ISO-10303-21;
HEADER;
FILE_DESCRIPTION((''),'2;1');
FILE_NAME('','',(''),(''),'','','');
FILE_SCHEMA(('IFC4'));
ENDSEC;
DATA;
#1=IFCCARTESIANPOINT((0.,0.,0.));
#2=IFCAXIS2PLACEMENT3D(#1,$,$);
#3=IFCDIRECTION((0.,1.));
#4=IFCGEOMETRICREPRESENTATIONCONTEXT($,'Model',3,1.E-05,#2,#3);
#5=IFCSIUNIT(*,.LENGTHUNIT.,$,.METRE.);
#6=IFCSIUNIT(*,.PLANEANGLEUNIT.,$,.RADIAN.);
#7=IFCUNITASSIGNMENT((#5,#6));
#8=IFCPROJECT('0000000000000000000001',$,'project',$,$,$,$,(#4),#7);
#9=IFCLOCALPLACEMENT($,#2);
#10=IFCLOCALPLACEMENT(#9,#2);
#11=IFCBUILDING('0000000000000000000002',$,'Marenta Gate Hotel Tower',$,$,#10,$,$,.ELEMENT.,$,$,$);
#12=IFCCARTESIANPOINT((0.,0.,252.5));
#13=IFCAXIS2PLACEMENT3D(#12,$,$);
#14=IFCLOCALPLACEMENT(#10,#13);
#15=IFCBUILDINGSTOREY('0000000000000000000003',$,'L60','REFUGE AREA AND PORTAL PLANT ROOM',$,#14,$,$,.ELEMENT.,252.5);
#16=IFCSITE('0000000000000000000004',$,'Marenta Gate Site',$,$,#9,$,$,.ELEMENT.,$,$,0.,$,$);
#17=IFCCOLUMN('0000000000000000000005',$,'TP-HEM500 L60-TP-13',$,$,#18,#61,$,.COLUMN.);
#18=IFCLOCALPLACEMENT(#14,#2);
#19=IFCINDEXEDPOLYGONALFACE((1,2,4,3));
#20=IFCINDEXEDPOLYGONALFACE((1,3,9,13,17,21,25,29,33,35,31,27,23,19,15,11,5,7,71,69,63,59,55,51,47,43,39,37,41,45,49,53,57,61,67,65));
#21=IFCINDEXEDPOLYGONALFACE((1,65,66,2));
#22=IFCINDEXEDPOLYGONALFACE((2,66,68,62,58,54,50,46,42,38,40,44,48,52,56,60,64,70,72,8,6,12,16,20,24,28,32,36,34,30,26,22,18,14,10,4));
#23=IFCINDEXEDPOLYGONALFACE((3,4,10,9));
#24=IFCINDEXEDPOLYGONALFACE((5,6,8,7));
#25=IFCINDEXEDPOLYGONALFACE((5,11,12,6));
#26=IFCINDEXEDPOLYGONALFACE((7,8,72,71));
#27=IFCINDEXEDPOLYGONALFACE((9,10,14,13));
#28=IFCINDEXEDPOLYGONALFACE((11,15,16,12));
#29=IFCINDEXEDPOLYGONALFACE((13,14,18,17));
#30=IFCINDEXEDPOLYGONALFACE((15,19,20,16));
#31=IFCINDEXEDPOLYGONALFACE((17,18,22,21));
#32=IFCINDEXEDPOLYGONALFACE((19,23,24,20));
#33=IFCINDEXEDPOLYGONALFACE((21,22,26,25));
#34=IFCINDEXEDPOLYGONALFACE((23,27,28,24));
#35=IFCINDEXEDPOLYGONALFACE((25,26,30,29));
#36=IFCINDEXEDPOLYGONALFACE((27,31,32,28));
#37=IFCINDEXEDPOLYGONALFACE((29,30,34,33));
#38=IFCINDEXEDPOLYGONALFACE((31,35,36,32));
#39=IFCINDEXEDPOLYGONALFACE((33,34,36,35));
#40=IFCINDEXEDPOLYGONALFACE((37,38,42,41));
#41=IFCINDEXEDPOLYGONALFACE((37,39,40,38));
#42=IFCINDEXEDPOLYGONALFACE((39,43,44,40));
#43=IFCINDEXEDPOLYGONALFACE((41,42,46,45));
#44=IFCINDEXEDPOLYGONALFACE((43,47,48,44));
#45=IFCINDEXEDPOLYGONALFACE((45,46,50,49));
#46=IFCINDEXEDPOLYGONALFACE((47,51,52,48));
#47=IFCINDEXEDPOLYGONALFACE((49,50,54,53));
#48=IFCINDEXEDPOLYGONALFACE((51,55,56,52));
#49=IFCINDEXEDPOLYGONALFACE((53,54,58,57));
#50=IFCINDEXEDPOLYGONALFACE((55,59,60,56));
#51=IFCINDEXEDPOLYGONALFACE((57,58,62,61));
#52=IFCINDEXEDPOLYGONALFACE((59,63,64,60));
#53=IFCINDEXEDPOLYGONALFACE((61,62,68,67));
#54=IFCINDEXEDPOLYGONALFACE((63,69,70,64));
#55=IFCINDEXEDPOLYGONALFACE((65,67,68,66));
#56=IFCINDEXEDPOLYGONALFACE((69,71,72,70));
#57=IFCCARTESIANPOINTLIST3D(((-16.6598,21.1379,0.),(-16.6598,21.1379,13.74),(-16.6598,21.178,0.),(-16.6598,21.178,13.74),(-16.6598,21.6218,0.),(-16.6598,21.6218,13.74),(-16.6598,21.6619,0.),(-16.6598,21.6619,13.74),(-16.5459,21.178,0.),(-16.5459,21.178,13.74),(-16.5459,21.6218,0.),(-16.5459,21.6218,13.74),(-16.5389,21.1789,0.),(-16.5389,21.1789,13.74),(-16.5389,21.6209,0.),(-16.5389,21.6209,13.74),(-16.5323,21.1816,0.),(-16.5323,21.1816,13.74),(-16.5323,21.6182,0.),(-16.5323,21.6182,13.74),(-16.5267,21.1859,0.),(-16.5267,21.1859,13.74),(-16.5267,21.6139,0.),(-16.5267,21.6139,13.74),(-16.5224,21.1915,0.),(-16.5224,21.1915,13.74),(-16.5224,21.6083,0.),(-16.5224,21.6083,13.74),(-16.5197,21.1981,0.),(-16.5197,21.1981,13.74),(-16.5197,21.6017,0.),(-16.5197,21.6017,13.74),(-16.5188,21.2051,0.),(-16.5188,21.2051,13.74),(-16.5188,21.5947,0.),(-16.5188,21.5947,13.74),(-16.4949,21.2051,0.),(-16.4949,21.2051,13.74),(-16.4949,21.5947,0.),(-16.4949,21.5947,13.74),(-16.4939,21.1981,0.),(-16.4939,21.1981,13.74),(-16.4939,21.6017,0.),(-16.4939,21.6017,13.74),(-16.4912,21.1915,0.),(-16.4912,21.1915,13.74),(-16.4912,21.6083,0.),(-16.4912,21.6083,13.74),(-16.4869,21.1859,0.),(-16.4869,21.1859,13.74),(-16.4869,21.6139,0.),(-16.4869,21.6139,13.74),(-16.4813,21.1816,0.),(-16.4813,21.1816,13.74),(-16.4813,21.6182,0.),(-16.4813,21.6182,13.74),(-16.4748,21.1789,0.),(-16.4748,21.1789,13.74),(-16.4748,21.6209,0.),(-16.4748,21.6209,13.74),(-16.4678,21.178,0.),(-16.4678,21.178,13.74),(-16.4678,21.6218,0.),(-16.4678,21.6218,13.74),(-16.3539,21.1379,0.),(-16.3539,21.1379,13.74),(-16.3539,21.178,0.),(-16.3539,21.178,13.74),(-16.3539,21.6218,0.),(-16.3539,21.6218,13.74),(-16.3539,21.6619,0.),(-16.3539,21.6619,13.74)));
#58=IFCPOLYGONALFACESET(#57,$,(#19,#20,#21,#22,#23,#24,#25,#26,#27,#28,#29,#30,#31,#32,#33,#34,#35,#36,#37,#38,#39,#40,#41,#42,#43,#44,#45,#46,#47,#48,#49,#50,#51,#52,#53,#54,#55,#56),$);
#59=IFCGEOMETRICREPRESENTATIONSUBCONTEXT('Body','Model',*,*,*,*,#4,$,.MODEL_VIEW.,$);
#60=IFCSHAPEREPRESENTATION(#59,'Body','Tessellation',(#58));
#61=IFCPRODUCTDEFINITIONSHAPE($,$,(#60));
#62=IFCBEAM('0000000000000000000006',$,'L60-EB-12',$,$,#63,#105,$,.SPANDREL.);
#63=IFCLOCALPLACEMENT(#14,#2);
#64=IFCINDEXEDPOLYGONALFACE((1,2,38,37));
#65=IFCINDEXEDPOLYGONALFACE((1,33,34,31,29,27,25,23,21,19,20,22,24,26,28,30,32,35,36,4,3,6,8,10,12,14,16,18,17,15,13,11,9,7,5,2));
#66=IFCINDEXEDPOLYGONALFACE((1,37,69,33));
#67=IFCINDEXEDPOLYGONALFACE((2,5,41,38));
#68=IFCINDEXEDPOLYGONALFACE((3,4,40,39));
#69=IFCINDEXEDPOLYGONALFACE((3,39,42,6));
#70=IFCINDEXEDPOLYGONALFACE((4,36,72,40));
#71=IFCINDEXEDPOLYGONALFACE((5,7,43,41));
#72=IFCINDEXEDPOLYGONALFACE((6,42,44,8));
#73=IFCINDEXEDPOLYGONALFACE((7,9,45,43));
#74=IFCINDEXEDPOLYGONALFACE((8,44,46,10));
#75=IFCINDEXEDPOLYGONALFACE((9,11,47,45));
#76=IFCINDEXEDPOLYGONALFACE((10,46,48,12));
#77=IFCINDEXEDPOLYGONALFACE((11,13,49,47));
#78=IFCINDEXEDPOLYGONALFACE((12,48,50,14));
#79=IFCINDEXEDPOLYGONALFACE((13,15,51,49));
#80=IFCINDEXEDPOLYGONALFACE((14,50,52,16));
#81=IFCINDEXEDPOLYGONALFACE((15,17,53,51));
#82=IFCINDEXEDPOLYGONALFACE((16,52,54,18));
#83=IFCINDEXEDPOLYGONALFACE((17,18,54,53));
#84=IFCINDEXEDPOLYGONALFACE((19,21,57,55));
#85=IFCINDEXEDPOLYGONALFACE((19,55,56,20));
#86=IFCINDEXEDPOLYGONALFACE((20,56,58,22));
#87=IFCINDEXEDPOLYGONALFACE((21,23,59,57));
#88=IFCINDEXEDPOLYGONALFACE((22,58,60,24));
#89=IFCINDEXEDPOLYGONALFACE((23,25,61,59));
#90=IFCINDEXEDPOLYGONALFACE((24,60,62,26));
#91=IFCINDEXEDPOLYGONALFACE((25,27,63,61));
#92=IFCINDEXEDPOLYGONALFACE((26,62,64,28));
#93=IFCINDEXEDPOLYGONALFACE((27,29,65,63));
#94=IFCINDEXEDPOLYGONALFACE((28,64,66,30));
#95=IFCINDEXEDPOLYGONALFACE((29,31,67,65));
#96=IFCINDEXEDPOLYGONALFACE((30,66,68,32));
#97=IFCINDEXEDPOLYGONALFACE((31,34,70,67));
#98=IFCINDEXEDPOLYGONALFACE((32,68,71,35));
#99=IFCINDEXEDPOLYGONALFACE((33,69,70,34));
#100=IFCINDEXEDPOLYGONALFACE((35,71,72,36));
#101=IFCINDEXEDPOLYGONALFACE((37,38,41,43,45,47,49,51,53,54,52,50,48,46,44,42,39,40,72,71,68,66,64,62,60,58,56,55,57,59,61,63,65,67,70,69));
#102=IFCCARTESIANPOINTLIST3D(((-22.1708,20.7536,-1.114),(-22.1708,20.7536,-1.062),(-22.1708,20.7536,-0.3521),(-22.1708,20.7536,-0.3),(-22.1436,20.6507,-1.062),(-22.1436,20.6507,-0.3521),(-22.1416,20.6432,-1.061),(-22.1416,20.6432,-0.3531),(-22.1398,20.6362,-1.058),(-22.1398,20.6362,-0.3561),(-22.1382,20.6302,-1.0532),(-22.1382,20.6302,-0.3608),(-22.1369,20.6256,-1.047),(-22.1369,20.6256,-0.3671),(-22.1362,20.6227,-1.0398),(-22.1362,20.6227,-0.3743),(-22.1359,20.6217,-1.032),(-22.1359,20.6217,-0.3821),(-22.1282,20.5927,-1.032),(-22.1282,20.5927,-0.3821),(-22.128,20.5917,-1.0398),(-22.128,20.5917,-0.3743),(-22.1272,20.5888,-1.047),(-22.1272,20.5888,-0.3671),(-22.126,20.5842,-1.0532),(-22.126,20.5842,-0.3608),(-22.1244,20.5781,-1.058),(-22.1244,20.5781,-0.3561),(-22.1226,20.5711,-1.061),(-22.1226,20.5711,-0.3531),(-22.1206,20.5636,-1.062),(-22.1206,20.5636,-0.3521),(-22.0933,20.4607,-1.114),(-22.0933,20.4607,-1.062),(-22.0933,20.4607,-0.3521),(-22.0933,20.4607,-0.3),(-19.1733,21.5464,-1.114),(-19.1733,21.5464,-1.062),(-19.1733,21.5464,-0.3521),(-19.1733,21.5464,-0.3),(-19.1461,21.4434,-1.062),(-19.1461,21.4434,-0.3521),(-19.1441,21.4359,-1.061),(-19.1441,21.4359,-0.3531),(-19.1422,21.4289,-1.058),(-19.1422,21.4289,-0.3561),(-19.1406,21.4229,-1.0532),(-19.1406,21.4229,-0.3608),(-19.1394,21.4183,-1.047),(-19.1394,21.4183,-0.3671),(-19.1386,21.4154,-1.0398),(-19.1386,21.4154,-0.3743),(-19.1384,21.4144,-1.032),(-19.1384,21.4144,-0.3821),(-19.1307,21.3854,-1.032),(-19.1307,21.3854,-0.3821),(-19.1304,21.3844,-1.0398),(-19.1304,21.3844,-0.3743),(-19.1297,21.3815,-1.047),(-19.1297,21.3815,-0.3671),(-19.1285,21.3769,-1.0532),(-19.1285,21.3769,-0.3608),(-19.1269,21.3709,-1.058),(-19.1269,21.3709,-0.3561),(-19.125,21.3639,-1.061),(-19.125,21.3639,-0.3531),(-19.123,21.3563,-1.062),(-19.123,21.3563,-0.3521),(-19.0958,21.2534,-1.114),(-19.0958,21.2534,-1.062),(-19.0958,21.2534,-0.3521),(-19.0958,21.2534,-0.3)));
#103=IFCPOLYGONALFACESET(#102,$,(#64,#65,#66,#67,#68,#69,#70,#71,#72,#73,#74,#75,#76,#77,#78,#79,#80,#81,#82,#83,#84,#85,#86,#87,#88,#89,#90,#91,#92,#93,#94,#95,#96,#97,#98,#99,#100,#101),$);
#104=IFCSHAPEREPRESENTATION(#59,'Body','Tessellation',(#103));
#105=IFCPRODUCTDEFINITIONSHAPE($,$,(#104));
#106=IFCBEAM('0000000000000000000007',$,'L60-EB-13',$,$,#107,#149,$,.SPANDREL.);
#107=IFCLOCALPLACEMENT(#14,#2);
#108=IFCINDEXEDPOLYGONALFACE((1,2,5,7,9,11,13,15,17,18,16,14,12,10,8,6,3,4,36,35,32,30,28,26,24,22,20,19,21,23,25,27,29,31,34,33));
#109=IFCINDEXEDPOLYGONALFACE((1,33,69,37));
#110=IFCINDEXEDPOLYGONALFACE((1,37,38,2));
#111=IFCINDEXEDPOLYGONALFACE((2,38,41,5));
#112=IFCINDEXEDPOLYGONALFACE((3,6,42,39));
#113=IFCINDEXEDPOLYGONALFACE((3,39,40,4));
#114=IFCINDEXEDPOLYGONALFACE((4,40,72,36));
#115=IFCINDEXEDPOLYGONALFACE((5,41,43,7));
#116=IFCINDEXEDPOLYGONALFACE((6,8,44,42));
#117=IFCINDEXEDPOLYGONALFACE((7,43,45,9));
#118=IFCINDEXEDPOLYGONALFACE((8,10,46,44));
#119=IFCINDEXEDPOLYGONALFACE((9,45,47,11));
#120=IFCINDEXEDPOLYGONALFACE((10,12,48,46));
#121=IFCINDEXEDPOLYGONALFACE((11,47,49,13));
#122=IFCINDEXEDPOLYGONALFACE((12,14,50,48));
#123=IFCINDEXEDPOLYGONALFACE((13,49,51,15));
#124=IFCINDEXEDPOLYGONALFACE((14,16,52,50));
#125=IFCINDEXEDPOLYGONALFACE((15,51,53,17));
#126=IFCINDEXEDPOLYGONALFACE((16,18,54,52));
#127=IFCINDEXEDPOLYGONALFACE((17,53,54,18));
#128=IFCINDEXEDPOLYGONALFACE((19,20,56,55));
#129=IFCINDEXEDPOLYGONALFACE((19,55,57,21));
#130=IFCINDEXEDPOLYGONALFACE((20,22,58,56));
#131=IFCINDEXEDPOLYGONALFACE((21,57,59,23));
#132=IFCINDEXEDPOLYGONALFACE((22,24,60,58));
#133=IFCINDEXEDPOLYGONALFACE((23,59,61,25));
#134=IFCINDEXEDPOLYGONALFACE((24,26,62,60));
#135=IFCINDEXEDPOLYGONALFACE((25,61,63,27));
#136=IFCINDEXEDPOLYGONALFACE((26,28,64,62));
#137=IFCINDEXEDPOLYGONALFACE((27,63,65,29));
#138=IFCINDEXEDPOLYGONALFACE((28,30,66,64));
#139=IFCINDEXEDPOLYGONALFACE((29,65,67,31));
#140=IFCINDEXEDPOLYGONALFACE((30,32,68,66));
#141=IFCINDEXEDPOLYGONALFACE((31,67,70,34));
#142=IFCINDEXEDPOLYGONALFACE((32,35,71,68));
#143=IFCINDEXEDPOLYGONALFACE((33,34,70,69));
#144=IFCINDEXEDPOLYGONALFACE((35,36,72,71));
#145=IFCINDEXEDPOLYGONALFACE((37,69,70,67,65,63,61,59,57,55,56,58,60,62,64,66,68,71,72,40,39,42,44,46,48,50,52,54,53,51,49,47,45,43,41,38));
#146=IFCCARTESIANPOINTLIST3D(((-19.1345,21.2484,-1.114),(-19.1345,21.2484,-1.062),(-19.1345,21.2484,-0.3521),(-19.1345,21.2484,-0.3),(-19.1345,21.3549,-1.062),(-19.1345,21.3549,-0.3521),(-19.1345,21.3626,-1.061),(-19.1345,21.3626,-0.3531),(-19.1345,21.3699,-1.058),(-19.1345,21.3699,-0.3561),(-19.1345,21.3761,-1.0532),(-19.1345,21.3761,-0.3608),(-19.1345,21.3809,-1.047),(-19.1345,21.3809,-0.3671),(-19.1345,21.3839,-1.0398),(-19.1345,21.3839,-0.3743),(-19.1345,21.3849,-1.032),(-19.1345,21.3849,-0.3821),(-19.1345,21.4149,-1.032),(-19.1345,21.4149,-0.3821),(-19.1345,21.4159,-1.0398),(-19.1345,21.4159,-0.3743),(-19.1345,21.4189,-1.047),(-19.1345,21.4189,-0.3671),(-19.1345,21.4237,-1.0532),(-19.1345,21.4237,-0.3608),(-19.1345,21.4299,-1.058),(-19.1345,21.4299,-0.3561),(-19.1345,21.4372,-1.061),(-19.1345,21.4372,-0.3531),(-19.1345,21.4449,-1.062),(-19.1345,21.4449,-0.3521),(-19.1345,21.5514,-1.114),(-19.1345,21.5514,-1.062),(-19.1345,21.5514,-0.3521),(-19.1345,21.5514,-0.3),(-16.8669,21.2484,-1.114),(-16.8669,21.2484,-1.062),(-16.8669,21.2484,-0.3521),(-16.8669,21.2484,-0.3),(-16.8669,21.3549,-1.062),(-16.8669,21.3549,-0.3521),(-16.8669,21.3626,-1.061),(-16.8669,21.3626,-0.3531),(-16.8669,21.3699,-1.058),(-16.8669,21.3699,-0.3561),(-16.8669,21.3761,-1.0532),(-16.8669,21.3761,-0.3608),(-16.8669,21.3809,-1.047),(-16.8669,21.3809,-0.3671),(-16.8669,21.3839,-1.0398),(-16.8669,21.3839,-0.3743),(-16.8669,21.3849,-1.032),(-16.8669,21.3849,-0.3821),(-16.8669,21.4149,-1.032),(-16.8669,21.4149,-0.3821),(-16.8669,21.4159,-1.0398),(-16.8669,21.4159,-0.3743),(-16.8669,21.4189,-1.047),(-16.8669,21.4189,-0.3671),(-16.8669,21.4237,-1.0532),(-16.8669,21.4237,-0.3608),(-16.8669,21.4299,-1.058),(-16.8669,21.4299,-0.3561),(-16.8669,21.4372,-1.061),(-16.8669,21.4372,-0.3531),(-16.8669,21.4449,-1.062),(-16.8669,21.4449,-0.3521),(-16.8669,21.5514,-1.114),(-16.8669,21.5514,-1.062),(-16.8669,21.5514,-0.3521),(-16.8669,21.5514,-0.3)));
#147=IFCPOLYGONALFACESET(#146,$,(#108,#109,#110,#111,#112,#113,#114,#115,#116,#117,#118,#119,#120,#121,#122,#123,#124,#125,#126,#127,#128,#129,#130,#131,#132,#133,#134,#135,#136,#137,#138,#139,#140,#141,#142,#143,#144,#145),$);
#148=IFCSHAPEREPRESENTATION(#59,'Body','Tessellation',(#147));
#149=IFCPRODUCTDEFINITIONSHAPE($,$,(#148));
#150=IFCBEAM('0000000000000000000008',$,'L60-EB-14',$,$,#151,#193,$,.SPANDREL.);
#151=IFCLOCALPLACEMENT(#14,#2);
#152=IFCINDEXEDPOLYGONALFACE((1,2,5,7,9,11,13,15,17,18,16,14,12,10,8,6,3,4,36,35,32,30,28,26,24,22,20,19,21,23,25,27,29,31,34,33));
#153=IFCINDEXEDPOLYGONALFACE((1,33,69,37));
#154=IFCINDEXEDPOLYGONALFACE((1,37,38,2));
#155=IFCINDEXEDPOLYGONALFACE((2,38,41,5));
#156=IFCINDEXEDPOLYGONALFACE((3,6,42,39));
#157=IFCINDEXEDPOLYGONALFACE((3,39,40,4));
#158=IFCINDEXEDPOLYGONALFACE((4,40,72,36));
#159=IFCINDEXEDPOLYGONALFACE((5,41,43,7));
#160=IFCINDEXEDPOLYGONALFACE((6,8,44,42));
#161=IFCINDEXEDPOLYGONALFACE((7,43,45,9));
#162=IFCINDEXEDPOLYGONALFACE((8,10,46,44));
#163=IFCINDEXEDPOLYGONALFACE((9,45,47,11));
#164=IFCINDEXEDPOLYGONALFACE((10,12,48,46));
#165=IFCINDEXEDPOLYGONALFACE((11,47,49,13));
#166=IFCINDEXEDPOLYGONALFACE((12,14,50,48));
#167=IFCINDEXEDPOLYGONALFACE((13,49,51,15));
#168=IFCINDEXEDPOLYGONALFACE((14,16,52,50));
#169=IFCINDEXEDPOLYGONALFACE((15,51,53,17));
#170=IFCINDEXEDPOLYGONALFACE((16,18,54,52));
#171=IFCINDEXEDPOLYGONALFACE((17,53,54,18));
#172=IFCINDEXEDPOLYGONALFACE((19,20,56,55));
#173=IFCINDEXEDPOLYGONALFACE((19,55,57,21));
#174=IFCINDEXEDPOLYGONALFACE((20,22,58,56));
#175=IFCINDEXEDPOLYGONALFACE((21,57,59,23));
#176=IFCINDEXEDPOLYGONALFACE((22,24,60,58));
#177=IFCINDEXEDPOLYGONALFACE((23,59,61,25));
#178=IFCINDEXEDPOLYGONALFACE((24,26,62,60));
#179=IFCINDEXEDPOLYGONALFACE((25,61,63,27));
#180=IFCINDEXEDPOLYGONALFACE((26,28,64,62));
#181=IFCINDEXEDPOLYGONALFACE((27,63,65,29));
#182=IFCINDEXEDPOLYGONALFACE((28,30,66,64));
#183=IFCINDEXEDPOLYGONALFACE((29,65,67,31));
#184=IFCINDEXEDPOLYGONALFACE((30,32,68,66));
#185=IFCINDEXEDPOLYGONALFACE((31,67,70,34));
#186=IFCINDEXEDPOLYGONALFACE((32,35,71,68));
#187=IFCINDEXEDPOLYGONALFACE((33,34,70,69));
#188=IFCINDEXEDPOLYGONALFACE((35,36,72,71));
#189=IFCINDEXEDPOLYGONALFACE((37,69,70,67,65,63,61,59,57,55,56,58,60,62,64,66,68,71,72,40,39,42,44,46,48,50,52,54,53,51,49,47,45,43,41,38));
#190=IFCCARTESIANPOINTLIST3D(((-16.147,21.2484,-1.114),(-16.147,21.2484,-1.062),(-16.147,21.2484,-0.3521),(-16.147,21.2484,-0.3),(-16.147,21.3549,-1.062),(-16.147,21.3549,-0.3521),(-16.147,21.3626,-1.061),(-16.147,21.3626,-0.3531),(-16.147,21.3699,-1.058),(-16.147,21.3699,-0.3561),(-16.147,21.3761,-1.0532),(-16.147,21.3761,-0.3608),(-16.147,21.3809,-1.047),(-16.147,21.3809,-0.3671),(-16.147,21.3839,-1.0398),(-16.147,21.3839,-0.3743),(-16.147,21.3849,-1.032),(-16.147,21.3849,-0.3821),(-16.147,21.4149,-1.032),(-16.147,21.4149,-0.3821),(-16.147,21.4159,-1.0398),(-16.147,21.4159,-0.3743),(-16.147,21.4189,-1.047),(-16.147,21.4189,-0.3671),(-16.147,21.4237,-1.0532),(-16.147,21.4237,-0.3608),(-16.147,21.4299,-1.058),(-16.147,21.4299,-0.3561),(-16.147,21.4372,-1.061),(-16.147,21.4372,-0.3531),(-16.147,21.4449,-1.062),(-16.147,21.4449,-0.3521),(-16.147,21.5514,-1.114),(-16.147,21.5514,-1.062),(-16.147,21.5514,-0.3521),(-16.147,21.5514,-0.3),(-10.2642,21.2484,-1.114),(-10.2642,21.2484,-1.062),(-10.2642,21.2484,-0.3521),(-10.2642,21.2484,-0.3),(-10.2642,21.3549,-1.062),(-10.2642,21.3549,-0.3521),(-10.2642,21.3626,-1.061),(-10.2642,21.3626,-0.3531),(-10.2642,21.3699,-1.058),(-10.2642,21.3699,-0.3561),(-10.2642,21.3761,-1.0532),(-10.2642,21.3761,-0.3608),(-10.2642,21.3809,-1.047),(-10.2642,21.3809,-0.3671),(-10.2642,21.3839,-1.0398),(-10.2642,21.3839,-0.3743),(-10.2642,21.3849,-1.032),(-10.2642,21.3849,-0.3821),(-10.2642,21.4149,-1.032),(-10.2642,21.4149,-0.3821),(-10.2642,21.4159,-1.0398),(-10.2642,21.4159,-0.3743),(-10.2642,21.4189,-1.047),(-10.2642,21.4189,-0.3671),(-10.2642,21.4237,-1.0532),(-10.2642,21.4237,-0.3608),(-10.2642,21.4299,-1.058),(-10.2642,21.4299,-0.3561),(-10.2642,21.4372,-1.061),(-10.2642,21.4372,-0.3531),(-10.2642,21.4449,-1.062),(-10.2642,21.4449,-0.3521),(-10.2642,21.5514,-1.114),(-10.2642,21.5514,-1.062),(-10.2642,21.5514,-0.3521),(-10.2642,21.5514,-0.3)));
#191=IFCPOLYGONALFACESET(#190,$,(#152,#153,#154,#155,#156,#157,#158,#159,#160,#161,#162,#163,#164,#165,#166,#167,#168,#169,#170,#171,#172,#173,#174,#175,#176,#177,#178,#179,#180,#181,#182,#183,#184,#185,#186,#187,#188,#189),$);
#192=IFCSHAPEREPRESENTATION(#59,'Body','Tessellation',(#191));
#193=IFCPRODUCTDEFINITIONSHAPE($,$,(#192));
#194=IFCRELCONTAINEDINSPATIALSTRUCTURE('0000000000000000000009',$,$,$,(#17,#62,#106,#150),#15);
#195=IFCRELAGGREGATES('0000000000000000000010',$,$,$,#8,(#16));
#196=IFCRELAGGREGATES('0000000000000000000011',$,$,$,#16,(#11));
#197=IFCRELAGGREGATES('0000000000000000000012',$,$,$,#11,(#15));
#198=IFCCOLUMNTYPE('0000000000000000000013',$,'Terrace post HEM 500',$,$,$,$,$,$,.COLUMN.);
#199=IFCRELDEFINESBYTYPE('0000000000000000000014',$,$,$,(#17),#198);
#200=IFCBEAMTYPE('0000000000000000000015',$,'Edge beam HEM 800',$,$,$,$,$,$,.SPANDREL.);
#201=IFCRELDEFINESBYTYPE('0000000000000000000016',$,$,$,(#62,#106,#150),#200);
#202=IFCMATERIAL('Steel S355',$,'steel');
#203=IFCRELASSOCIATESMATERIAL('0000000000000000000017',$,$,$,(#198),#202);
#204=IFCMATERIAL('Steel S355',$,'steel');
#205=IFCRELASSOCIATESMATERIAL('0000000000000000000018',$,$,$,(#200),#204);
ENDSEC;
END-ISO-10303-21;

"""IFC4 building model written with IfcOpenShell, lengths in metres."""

from ifc_helpers import new_model, si_unit, direction, frame, origin, origin_2d, place, context, subcontext, project, spatial, i_section, extrude, material, material_profile, profile_set, type_object, element, save


model = new_model("IFC4")

# Units and contexts
model_context = context("Model", 3, precision=1e-05, world=origin(), true_north=direction((0.0, 1.0)))
body_context = subcontext(model_context, "Body", "Model", "MODEL_VIEW")
ifc_project = project(units=[si_unit("LENGTHUNIT", "METRE"), si_unit("PLANEANGLEUNIT", "RADIAN")], contexts=[model_context])

# Site, building, storey
site_placement = place(None, origin())
site = spatial("IfcSite", under=ifc_project, at=site_placement, Name="Marenta Gate Site", CompositionType="ELEMENT", RefElevation=0.0)
building_placement = place(site_placement, origin())
building = spatial("IfcBuilding", under=site, at=building_placement, Name="Marenta Gate Hotel Tower", CompositionType="ELEMENT")
storey_placement = place(building_placement, frame((0.0, 0.0, 252.5)))
storey = spatial("IfcBuildingStorey", under=building, at=storey_placement, Name="L60", Description="REFUGE AREA AND PORTAL PLANT ROOM", CompositionType="ELEMENT", Elevation=252.5)

# Column
ifc_material_1 = material(Name="Steel S355", Category="steel")
ifc_material_profile_1 = material_profile(ifc_material_1, i_section(OverallWidth=0.3059, OverallDepth=0.5239, WebThickness=0.0239, FlangeThickness=0.04, FilletRadius=0.0271, at=origin_2d()), Name="HEM 500")
ifc_profile_set_1 = profile_set([ifc_material_profile_1], Name="Steel S355")
column_type_1 = type_object("IfcColumnType", Name="Terrace post HEM 500", PredefinedType="COLUMN", material=ifc_profile_set_1)
column_1_placement = place(storey_placement, frame((-16.5068, 21.3999, 0.0), z_axis=(0.0, 0.0, 1.0), x_axis=(1.0, 0.0, 0.0)))
element("IfcColumn", 1, at=column_1_placement, inside=storey, type_object=column_type_1, Name="TP-HEM500 L60-TP-13", PredefinedType="COLUMN", context=body_context, shape_type="SweptSolid", body=[
    extrude(i_section(OverallWidth=0.3059, OverallDepth=0.5239, WebThickness=0.0239, FlangeThickness=0.04, FilletRadius=0.0271, at=origin_2d()), origin(), (0.0, 0.0, 1.0), 13.74),
])

# Beams
ifc_material_2 = material(Name="Steel S355", Category="steel")
ifc_material_profile_2 = material_profile(ifc_material_2, i_section(OverallWidth=0.303, OverallDepth=0.814, WebThickness=0.03, FlangeThickness=0.052, FilletRadius=0.03, at=origin_2d()), Name="HEM 800")
ifc_profile_set_2 = profile_set([ifc_material_profile_2], Name="Steel S355")
beam_type_1 = type_object("IfcBeamType", Name="Edge beam HEM 800", PredefinedType="SPANDREL", material=ifc_profile_set_2)
beam_1_placement = place(storey_placement, frame((-22.1321, 20.6072, -0.707), z_axis=(0.966765, 0.255667, 0.0), x_axis=(-0.255667, 0.966765, 0.0)))
element("IfcBeam", 2, at=beam_1_placement, inside=storey, type_object=beam_type_1, Name="L60-EB-12", PredefinedType="SPANDREL", context=body_context, shape_type="SweptSolid", body=[
    extrude(i_section(OverallWidth=0.303, OverallDepth=0.814, WebThickness=0.03, FlangeThickness=0.052, FilletRadius=0.03, at=origin_2d()), origin(), (0.0, 0.0, 1.0), 3.1006),
])
beam_2_placement = place(storey_placement, frame((-19.1345, 21.3999, -0.707), z_axis=(1.0, 0.0, 0.0), x_axis=(0.0, 1.0, 0.0)))
element("IfcBeam", 3, at=beam_2_placement, inside=storey, type_object=beam_type_1, Name="L60-EB-13", PredefinedType="SPANDREL", context=body_context, shape_type="SweptSolid", body=[
    extrude(i_section(OverallWidth=0.303, OverallDepth=0.814, WebThickness=0.03, FlangeThickness=0.052, FilletRadius=0.03, at=origin_2d()), origin(), (0.0, 0.0, 1.0), 2.2676),
])
beam_3_placement = place(storey_placement, frame((-16.147, 21.3999, -0.707), z_axis=(1.0, 0.0, 0.0), x_axis=(0.0, 1.0, 0.0)))
element("IfcBeam", 4, at=beam_3_placement, inside=storey, type_object=beam_type_1, Name="L60-EB-14", PredefinedType="SPANDREL", context=body_context, shape_type="SweptSolid", body=[
    extrude(i_section(OverallWidth=0.303, OverallDepth=0.814, WebThickness=0.03, FlangeThickness=0.052, FilletRadius=0.03, at=origin_2d()), origin(), (0.0, 0.0, 1.0), 5.8828),
])

save(model, "model.ifc")
